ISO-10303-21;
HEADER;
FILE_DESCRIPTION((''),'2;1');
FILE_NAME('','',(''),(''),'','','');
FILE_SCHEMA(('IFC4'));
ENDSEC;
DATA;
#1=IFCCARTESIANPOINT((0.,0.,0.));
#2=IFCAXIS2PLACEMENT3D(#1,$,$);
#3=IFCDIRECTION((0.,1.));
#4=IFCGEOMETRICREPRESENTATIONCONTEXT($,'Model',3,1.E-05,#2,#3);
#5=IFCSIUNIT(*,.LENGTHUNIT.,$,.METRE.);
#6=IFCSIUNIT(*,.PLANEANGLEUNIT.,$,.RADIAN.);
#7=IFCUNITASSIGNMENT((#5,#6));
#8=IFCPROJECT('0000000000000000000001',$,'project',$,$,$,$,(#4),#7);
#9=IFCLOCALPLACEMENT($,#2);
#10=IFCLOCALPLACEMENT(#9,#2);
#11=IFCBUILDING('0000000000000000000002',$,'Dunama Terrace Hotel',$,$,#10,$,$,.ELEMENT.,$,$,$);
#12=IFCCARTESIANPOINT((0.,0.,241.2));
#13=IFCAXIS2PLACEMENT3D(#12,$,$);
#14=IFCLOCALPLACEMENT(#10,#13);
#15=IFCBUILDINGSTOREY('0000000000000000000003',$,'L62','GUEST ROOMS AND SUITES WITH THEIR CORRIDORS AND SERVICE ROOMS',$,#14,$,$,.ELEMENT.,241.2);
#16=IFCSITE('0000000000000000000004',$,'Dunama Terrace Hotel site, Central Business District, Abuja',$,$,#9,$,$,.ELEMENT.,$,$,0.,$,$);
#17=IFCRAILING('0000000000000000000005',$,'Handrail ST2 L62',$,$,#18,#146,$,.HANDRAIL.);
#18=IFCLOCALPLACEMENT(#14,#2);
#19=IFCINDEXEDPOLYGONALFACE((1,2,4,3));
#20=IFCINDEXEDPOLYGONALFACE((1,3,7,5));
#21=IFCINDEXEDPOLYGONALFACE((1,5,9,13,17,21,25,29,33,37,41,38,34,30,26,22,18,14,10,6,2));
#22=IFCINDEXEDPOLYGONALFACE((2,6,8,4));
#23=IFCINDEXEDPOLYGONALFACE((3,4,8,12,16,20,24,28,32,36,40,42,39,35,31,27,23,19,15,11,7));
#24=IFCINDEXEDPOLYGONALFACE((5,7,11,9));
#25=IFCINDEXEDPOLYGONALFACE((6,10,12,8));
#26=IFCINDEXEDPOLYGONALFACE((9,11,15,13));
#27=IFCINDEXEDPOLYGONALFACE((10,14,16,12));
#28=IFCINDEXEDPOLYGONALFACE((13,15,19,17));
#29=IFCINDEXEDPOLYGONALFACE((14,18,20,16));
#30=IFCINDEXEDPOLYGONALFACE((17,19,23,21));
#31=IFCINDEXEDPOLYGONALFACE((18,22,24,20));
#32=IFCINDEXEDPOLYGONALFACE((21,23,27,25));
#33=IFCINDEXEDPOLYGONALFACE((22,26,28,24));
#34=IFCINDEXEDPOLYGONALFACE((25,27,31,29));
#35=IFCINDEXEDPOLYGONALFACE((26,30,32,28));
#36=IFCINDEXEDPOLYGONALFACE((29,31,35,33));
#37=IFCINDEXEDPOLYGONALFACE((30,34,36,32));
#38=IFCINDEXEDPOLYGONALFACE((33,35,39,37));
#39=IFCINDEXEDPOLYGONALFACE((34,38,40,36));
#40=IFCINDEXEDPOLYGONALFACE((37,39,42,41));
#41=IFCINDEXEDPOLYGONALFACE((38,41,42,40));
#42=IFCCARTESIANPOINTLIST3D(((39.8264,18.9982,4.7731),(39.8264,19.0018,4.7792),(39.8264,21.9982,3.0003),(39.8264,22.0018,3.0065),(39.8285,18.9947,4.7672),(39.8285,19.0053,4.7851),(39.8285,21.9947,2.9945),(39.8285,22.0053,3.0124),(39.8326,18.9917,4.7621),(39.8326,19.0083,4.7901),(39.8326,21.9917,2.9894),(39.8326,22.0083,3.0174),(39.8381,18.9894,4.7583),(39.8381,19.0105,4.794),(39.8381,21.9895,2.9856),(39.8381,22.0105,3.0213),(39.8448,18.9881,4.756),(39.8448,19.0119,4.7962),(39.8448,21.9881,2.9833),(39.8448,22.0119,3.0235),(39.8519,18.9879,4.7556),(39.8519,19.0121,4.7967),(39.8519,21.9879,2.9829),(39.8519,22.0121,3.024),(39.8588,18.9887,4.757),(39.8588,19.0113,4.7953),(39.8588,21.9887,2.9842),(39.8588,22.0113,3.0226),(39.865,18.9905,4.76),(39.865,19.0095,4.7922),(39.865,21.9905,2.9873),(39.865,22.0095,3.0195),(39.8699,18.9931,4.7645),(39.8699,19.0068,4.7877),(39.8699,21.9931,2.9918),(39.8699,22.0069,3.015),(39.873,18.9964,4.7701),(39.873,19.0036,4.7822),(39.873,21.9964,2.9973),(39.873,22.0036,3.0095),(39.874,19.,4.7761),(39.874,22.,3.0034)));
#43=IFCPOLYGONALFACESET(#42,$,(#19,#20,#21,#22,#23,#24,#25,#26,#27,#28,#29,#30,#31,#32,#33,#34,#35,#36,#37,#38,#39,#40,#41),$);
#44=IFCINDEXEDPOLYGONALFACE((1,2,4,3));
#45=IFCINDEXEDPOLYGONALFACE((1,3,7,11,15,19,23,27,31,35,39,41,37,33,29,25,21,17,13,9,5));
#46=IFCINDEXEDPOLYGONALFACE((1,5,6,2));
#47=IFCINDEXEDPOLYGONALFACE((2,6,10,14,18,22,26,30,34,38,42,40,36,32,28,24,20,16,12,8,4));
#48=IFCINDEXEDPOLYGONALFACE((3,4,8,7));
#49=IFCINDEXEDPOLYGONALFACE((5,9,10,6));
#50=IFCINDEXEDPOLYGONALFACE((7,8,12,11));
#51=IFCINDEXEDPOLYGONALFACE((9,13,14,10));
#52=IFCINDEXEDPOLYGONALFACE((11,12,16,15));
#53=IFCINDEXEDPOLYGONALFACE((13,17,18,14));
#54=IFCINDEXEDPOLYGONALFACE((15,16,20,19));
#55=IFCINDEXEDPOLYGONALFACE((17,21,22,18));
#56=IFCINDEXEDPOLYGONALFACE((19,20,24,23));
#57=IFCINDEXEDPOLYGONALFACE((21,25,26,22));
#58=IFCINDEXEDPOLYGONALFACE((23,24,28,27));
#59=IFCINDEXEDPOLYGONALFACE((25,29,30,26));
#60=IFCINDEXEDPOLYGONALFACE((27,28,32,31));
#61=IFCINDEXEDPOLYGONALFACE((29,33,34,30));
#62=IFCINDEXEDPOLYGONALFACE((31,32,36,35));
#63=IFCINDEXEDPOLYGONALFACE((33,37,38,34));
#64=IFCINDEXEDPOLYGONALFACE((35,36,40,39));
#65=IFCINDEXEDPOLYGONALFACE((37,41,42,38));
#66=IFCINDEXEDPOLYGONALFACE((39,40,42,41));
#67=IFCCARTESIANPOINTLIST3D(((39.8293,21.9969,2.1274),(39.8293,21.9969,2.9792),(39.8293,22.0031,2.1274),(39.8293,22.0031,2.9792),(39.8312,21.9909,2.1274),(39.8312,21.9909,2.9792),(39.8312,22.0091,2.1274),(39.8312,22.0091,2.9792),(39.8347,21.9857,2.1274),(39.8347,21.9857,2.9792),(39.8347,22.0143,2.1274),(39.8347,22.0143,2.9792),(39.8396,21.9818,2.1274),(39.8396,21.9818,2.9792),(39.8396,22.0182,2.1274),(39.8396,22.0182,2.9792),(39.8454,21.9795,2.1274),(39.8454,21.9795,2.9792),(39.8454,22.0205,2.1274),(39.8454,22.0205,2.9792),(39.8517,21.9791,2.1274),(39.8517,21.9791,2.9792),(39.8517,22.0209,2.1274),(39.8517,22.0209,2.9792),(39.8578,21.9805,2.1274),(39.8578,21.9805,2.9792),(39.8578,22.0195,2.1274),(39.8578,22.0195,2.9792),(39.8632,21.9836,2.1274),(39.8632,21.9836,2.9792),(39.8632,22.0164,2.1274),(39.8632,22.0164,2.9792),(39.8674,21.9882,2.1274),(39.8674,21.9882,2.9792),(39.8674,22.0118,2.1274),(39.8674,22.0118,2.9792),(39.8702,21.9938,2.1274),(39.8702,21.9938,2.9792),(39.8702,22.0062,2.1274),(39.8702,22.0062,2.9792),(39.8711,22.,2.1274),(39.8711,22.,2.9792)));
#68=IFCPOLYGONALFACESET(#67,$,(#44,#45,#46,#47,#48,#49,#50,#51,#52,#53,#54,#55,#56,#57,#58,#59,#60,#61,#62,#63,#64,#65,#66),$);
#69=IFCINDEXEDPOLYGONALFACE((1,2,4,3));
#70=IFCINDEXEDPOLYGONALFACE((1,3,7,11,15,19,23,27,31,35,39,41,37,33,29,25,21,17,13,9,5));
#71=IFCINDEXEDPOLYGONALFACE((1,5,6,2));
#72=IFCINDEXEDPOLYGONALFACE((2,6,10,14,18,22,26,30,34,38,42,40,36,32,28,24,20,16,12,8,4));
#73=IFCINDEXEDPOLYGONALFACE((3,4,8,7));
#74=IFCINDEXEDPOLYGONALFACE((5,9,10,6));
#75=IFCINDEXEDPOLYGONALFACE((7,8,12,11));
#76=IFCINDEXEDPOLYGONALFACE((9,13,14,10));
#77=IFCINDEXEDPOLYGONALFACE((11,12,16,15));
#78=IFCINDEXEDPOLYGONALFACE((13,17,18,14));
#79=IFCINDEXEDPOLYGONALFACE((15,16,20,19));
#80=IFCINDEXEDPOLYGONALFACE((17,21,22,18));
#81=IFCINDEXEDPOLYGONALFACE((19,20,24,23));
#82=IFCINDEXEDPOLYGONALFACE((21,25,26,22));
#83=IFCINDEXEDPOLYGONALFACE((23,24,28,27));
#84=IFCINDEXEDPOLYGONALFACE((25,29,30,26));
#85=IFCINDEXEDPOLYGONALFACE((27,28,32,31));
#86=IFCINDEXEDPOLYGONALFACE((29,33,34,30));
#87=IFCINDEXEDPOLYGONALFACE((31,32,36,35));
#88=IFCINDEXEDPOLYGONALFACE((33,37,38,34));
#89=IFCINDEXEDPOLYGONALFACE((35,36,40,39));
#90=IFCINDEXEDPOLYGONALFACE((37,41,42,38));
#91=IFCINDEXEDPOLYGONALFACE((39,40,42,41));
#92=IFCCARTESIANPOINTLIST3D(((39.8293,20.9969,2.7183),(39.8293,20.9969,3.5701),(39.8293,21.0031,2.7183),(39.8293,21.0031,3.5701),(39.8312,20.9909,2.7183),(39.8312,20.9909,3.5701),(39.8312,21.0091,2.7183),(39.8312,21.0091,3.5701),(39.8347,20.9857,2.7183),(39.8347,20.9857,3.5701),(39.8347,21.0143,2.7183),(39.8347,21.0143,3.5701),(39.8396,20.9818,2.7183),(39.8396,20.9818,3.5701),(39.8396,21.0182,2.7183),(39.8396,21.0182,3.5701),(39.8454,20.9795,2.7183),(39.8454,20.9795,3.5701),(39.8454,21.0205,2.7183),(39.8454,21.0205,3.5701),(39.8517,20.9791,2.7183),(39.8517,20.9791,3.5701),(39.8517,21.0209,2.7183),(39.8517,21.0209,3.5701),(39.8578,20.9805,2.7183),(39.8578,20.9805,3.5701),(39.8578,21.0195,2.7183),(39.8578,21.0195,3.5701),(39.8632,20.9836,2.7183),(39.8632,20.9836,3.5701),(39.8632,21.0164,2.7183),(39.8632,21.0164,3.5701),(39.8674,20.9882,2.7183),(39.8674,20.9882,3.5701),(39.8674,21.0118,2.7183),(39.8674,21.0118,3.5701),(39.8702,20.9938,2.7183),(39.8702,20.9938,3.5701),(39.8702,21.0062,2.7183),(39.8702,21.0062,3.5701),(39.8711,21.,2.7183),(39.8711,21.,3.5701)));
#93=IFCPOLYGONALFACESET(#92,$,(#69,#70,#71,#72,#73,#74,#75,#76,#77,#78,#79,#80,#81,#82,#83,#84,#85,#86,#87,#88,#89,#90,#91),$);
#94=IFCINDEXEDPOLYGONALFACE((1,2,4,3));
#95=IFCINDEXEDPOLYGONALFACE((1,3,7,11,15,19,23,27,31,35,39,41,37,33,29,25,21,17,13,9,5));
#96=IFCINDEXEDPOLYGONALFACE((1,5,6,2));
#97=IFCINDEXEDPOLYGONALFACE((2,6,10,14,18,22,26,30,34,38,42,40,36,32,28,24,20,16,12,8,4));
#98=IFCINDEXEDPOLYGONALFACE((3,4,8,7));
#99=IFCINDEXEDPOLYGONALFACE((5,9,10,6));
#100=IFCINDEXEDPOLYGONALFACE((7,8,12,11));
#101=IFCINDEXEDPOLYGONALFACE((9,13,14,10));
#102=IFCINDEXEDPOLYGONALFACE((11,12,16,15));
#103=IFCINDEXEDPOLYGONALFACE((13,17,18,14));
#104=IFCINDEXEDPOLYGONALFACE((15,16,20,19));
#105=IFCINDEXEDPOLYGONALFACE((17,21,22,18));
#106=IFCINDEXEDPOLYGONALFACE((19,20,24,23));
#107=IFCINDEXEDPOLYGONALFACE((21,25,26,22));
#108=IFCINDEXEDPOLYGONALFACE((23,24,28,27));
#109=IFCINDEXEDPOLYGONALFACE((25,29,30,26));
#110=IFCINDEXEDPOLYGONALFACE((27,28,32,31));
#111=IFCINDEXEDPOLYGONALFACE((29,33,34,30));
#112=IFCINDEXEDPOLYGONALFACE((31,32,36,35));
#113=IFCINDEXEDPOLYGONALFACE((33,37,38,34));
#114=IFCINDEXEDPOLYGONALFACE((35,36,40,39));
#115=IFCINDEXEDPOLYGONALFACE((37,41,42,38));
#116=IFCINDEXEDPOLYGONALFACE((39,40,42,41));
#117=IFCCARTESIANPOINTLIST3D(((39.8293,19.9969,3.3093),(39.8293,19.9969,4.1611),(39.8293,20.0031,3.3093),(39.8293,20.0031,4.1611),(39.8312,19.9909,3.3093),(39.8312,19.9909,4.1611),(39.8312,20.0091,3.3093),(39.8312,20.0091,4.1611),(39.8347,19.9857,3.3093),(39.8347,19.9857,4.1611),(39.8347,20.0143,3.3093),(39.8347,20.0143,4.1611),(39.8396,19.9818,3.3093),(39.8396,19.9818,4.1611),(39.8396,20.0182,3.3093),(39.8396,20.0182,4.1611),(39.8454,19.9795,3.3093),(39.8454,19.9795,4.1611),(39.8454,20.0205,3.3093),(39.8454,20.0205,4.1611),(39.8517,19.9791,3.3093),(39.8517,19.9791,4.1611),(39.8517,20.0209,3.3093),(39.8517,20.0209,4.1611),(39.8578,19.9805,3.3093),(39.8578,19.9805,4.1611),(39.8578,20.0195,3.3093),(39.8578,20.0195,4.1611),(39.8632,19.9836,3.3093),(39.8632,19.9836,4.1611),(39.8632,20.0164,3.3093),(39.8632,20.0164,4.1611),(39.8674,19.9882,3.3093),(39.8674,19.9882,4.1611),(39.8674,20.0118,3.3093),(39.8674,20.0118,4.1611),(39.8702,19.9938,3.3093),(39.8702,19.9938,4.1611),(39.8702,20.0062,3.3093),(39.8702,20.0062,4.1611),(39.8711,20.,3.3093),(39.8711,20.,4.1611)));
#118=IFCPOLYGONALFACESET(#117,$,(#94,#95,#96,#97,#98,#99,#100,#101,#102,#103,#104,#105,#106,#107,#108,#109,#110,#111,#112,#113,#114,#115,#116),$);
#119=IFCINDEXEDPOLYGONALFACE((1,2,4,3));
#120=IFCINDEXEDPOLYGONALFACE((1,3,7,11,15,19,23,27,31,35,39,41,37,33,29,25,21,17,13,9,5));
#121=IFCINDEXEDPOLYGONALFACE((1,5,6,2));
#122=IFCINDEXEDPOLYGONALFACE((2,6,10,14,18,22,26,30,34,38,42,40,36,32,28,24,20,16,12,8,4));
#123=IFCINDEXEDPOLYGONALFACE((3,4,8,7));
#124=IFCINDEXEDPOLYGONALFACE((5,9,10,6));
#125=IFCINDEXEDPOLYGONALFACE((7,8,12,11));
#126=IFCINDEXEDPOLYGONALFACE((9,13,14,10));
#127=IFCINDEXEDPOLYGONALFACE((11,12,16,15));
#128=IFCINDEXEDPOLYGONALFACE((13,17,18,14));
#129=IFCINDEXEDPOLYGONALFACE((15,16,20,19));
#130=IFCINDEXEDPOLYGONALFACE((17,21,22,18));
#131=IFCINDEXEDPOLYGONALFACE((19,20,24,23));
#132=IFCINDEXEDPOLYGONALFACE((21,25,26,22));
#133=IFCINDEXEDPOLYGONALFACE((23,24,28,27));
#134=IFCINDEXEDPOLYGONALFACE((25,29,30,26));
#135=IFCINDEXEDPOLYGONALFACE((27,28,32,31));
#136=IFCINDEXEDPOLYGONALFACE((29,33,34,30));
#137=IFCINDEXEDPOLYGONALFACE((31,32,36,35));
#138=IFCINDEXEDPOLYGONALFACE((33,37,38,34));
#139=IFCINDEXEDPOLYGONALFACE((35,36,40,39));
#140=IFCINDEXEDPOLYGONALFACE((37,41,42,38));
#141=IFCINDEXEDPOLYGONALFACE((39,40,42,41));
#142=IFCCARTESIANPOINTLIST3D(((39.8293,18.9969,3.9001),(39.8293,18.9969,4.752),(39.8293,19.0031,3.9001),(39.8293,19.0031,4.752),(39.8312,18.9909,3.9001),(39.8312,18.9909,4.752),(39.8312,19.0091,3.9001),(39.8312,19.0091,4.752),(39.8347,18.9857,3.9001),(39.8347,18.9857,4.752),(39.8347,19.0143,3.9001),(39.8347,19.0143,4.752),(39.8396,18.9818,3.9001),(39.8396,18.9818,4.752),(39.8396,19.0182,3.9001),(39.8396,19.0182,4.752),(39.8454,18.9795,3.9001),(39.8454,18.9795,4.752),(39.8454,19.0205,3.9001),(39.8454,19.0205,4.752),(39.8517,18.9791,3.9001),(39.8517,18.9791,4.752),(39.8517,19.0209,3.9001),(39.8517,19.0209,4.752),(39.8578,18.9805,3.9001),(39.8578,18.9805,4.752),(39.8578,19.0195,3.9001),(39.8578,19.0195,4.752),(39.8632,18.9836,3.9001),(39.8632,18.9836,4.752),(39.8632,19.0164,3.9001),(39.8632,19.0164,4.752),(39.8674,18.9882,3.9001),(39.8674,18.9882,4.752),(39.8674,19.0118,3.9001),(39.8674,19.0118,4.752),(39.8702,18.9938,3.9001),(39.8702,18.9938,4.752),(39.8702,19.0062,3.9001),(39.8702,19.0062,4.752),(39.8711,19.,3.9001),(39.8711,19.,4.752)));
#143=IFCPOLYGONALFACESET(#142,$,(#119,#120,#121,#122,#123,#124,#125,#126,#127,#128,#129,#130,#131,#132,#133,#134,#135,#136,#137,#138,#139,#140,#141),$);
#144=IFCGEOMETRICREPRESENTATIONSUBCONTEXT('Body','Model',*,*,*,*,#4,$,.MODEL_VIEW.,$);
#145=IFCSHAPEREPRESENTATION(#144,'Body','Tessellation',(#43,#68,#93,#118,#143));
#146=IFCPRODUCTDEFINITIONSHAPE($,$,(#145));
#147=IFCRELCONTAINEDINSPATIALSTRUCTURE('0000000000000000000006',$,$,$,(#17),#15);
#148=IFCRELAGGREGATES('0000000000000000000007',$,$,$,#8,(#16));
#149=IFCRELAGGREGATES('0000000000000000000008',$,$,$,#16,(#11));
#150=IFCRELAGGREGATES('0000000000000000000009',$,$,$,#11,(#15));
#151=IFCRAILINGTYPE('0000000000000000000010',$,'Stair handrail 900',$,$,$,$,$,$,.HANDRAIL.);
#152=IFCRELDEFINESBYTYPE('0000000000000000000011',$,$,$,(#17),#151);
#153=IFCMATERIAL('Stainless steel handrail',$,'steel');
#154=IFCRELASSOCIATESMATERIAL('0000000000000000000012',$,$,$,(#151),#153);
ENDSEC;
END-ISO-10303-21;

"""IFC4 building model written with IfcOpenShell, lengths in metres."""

from ifc_helpers import new_model, si_unit, direction, frame, origin, origin_2d, place, context, subcontext, project, spatial, circle, extrude, material, type_object, element, save


model = new_model("IFC4")

# Units and contexts
model_context = context("Model", 3, precision=1e-05, world=origin(), true_north=direction((0.0, 1.0)))
body_context = subcontext(model_context, "Body", "Model", "MODEL_VIEW")
ifc_project = project(units=[si_unit("LENGTHUNIT", "METRE"), si_unit("PLANEANGLEUNIT", "RADIAN")], contexts=[model_context])

# Site, building, storey
site_placement = place(None, origin())
site = spatial("IfcSite", under=ifc_project, at=site_placement, Name="Dunama Terrace Hotel site, Central Business District, Abuja", CompositionType="ELEMENT", RefElevation=0.0)
building_placement = place(site_placement, origin())
building = spatial("IfcBuilding", under=site, at=building_placement, Name="Dunama Terrace Hotel", CompositionType="ELEMENT")
storey_placement = place(building_placement, frame((0.0, 0.0, 241.2)))
storey = spatial("IfcBuildingStorey", under=building, at=storey_placement, Name="L62", Description="GUEST ROOMS AND SUITES WITH THEIR CORRIDORS AND SERVICE ROOMS", CompositionType="ELEMENT", Elevation=241.2)

# Railing
ifc_material_1 = material(Name="Stainless steel handrail", Category="steel")
railing_type_1 = type_object("IfcRailingType", Name="Stair handrail 900", PredefinedType="HANDRAIL", material=ifc_material_1)
railing_1_placement = place(storey_placement, frame((39.8501, 22.0, 2.1274)))
element("IfcRailing", 1, at=railing_1_placement, inside=storey, type_object=railing_type_1, Name="Handrail ST2 L62", PredefinedType="HANDRAIL", context=body_context, shape_type="SweptSolid", body=[
    extrude(circle(Radius=0.0239, at=origin_2d()), frame((0.0, 0.0, 0.876), z_axis=(0.0, -0.860929, 0.508725), x_axis=(1.0, 0.0, 0.0)), (0.0, 0.0, 1.0), 3.4846),
    extrude(circle(Radius=0.021, at=origin_2d()), origin(), (0.0, 0.0, 1.0), 0.8518),
    extrude(circle(Radius=0.021, at=origin_2d()), frame((0.0, -1.0, 0.5908)), (0.0, 0.0, 1.0), 0.8518),
    extrude(circle(Radius=0.021, at=origin_2d()), frame((0.0, -2.0, 1.1819)), (0.0, 0.0, 1.0), 0.8518),
    extrude(circle(Radius=0.021, at=origin_2d()), frame((0.0, -3.0, 1.7727)), (0.0, 0.0, 1.0), 0.8518),
])

save(model, "model.ifc")
